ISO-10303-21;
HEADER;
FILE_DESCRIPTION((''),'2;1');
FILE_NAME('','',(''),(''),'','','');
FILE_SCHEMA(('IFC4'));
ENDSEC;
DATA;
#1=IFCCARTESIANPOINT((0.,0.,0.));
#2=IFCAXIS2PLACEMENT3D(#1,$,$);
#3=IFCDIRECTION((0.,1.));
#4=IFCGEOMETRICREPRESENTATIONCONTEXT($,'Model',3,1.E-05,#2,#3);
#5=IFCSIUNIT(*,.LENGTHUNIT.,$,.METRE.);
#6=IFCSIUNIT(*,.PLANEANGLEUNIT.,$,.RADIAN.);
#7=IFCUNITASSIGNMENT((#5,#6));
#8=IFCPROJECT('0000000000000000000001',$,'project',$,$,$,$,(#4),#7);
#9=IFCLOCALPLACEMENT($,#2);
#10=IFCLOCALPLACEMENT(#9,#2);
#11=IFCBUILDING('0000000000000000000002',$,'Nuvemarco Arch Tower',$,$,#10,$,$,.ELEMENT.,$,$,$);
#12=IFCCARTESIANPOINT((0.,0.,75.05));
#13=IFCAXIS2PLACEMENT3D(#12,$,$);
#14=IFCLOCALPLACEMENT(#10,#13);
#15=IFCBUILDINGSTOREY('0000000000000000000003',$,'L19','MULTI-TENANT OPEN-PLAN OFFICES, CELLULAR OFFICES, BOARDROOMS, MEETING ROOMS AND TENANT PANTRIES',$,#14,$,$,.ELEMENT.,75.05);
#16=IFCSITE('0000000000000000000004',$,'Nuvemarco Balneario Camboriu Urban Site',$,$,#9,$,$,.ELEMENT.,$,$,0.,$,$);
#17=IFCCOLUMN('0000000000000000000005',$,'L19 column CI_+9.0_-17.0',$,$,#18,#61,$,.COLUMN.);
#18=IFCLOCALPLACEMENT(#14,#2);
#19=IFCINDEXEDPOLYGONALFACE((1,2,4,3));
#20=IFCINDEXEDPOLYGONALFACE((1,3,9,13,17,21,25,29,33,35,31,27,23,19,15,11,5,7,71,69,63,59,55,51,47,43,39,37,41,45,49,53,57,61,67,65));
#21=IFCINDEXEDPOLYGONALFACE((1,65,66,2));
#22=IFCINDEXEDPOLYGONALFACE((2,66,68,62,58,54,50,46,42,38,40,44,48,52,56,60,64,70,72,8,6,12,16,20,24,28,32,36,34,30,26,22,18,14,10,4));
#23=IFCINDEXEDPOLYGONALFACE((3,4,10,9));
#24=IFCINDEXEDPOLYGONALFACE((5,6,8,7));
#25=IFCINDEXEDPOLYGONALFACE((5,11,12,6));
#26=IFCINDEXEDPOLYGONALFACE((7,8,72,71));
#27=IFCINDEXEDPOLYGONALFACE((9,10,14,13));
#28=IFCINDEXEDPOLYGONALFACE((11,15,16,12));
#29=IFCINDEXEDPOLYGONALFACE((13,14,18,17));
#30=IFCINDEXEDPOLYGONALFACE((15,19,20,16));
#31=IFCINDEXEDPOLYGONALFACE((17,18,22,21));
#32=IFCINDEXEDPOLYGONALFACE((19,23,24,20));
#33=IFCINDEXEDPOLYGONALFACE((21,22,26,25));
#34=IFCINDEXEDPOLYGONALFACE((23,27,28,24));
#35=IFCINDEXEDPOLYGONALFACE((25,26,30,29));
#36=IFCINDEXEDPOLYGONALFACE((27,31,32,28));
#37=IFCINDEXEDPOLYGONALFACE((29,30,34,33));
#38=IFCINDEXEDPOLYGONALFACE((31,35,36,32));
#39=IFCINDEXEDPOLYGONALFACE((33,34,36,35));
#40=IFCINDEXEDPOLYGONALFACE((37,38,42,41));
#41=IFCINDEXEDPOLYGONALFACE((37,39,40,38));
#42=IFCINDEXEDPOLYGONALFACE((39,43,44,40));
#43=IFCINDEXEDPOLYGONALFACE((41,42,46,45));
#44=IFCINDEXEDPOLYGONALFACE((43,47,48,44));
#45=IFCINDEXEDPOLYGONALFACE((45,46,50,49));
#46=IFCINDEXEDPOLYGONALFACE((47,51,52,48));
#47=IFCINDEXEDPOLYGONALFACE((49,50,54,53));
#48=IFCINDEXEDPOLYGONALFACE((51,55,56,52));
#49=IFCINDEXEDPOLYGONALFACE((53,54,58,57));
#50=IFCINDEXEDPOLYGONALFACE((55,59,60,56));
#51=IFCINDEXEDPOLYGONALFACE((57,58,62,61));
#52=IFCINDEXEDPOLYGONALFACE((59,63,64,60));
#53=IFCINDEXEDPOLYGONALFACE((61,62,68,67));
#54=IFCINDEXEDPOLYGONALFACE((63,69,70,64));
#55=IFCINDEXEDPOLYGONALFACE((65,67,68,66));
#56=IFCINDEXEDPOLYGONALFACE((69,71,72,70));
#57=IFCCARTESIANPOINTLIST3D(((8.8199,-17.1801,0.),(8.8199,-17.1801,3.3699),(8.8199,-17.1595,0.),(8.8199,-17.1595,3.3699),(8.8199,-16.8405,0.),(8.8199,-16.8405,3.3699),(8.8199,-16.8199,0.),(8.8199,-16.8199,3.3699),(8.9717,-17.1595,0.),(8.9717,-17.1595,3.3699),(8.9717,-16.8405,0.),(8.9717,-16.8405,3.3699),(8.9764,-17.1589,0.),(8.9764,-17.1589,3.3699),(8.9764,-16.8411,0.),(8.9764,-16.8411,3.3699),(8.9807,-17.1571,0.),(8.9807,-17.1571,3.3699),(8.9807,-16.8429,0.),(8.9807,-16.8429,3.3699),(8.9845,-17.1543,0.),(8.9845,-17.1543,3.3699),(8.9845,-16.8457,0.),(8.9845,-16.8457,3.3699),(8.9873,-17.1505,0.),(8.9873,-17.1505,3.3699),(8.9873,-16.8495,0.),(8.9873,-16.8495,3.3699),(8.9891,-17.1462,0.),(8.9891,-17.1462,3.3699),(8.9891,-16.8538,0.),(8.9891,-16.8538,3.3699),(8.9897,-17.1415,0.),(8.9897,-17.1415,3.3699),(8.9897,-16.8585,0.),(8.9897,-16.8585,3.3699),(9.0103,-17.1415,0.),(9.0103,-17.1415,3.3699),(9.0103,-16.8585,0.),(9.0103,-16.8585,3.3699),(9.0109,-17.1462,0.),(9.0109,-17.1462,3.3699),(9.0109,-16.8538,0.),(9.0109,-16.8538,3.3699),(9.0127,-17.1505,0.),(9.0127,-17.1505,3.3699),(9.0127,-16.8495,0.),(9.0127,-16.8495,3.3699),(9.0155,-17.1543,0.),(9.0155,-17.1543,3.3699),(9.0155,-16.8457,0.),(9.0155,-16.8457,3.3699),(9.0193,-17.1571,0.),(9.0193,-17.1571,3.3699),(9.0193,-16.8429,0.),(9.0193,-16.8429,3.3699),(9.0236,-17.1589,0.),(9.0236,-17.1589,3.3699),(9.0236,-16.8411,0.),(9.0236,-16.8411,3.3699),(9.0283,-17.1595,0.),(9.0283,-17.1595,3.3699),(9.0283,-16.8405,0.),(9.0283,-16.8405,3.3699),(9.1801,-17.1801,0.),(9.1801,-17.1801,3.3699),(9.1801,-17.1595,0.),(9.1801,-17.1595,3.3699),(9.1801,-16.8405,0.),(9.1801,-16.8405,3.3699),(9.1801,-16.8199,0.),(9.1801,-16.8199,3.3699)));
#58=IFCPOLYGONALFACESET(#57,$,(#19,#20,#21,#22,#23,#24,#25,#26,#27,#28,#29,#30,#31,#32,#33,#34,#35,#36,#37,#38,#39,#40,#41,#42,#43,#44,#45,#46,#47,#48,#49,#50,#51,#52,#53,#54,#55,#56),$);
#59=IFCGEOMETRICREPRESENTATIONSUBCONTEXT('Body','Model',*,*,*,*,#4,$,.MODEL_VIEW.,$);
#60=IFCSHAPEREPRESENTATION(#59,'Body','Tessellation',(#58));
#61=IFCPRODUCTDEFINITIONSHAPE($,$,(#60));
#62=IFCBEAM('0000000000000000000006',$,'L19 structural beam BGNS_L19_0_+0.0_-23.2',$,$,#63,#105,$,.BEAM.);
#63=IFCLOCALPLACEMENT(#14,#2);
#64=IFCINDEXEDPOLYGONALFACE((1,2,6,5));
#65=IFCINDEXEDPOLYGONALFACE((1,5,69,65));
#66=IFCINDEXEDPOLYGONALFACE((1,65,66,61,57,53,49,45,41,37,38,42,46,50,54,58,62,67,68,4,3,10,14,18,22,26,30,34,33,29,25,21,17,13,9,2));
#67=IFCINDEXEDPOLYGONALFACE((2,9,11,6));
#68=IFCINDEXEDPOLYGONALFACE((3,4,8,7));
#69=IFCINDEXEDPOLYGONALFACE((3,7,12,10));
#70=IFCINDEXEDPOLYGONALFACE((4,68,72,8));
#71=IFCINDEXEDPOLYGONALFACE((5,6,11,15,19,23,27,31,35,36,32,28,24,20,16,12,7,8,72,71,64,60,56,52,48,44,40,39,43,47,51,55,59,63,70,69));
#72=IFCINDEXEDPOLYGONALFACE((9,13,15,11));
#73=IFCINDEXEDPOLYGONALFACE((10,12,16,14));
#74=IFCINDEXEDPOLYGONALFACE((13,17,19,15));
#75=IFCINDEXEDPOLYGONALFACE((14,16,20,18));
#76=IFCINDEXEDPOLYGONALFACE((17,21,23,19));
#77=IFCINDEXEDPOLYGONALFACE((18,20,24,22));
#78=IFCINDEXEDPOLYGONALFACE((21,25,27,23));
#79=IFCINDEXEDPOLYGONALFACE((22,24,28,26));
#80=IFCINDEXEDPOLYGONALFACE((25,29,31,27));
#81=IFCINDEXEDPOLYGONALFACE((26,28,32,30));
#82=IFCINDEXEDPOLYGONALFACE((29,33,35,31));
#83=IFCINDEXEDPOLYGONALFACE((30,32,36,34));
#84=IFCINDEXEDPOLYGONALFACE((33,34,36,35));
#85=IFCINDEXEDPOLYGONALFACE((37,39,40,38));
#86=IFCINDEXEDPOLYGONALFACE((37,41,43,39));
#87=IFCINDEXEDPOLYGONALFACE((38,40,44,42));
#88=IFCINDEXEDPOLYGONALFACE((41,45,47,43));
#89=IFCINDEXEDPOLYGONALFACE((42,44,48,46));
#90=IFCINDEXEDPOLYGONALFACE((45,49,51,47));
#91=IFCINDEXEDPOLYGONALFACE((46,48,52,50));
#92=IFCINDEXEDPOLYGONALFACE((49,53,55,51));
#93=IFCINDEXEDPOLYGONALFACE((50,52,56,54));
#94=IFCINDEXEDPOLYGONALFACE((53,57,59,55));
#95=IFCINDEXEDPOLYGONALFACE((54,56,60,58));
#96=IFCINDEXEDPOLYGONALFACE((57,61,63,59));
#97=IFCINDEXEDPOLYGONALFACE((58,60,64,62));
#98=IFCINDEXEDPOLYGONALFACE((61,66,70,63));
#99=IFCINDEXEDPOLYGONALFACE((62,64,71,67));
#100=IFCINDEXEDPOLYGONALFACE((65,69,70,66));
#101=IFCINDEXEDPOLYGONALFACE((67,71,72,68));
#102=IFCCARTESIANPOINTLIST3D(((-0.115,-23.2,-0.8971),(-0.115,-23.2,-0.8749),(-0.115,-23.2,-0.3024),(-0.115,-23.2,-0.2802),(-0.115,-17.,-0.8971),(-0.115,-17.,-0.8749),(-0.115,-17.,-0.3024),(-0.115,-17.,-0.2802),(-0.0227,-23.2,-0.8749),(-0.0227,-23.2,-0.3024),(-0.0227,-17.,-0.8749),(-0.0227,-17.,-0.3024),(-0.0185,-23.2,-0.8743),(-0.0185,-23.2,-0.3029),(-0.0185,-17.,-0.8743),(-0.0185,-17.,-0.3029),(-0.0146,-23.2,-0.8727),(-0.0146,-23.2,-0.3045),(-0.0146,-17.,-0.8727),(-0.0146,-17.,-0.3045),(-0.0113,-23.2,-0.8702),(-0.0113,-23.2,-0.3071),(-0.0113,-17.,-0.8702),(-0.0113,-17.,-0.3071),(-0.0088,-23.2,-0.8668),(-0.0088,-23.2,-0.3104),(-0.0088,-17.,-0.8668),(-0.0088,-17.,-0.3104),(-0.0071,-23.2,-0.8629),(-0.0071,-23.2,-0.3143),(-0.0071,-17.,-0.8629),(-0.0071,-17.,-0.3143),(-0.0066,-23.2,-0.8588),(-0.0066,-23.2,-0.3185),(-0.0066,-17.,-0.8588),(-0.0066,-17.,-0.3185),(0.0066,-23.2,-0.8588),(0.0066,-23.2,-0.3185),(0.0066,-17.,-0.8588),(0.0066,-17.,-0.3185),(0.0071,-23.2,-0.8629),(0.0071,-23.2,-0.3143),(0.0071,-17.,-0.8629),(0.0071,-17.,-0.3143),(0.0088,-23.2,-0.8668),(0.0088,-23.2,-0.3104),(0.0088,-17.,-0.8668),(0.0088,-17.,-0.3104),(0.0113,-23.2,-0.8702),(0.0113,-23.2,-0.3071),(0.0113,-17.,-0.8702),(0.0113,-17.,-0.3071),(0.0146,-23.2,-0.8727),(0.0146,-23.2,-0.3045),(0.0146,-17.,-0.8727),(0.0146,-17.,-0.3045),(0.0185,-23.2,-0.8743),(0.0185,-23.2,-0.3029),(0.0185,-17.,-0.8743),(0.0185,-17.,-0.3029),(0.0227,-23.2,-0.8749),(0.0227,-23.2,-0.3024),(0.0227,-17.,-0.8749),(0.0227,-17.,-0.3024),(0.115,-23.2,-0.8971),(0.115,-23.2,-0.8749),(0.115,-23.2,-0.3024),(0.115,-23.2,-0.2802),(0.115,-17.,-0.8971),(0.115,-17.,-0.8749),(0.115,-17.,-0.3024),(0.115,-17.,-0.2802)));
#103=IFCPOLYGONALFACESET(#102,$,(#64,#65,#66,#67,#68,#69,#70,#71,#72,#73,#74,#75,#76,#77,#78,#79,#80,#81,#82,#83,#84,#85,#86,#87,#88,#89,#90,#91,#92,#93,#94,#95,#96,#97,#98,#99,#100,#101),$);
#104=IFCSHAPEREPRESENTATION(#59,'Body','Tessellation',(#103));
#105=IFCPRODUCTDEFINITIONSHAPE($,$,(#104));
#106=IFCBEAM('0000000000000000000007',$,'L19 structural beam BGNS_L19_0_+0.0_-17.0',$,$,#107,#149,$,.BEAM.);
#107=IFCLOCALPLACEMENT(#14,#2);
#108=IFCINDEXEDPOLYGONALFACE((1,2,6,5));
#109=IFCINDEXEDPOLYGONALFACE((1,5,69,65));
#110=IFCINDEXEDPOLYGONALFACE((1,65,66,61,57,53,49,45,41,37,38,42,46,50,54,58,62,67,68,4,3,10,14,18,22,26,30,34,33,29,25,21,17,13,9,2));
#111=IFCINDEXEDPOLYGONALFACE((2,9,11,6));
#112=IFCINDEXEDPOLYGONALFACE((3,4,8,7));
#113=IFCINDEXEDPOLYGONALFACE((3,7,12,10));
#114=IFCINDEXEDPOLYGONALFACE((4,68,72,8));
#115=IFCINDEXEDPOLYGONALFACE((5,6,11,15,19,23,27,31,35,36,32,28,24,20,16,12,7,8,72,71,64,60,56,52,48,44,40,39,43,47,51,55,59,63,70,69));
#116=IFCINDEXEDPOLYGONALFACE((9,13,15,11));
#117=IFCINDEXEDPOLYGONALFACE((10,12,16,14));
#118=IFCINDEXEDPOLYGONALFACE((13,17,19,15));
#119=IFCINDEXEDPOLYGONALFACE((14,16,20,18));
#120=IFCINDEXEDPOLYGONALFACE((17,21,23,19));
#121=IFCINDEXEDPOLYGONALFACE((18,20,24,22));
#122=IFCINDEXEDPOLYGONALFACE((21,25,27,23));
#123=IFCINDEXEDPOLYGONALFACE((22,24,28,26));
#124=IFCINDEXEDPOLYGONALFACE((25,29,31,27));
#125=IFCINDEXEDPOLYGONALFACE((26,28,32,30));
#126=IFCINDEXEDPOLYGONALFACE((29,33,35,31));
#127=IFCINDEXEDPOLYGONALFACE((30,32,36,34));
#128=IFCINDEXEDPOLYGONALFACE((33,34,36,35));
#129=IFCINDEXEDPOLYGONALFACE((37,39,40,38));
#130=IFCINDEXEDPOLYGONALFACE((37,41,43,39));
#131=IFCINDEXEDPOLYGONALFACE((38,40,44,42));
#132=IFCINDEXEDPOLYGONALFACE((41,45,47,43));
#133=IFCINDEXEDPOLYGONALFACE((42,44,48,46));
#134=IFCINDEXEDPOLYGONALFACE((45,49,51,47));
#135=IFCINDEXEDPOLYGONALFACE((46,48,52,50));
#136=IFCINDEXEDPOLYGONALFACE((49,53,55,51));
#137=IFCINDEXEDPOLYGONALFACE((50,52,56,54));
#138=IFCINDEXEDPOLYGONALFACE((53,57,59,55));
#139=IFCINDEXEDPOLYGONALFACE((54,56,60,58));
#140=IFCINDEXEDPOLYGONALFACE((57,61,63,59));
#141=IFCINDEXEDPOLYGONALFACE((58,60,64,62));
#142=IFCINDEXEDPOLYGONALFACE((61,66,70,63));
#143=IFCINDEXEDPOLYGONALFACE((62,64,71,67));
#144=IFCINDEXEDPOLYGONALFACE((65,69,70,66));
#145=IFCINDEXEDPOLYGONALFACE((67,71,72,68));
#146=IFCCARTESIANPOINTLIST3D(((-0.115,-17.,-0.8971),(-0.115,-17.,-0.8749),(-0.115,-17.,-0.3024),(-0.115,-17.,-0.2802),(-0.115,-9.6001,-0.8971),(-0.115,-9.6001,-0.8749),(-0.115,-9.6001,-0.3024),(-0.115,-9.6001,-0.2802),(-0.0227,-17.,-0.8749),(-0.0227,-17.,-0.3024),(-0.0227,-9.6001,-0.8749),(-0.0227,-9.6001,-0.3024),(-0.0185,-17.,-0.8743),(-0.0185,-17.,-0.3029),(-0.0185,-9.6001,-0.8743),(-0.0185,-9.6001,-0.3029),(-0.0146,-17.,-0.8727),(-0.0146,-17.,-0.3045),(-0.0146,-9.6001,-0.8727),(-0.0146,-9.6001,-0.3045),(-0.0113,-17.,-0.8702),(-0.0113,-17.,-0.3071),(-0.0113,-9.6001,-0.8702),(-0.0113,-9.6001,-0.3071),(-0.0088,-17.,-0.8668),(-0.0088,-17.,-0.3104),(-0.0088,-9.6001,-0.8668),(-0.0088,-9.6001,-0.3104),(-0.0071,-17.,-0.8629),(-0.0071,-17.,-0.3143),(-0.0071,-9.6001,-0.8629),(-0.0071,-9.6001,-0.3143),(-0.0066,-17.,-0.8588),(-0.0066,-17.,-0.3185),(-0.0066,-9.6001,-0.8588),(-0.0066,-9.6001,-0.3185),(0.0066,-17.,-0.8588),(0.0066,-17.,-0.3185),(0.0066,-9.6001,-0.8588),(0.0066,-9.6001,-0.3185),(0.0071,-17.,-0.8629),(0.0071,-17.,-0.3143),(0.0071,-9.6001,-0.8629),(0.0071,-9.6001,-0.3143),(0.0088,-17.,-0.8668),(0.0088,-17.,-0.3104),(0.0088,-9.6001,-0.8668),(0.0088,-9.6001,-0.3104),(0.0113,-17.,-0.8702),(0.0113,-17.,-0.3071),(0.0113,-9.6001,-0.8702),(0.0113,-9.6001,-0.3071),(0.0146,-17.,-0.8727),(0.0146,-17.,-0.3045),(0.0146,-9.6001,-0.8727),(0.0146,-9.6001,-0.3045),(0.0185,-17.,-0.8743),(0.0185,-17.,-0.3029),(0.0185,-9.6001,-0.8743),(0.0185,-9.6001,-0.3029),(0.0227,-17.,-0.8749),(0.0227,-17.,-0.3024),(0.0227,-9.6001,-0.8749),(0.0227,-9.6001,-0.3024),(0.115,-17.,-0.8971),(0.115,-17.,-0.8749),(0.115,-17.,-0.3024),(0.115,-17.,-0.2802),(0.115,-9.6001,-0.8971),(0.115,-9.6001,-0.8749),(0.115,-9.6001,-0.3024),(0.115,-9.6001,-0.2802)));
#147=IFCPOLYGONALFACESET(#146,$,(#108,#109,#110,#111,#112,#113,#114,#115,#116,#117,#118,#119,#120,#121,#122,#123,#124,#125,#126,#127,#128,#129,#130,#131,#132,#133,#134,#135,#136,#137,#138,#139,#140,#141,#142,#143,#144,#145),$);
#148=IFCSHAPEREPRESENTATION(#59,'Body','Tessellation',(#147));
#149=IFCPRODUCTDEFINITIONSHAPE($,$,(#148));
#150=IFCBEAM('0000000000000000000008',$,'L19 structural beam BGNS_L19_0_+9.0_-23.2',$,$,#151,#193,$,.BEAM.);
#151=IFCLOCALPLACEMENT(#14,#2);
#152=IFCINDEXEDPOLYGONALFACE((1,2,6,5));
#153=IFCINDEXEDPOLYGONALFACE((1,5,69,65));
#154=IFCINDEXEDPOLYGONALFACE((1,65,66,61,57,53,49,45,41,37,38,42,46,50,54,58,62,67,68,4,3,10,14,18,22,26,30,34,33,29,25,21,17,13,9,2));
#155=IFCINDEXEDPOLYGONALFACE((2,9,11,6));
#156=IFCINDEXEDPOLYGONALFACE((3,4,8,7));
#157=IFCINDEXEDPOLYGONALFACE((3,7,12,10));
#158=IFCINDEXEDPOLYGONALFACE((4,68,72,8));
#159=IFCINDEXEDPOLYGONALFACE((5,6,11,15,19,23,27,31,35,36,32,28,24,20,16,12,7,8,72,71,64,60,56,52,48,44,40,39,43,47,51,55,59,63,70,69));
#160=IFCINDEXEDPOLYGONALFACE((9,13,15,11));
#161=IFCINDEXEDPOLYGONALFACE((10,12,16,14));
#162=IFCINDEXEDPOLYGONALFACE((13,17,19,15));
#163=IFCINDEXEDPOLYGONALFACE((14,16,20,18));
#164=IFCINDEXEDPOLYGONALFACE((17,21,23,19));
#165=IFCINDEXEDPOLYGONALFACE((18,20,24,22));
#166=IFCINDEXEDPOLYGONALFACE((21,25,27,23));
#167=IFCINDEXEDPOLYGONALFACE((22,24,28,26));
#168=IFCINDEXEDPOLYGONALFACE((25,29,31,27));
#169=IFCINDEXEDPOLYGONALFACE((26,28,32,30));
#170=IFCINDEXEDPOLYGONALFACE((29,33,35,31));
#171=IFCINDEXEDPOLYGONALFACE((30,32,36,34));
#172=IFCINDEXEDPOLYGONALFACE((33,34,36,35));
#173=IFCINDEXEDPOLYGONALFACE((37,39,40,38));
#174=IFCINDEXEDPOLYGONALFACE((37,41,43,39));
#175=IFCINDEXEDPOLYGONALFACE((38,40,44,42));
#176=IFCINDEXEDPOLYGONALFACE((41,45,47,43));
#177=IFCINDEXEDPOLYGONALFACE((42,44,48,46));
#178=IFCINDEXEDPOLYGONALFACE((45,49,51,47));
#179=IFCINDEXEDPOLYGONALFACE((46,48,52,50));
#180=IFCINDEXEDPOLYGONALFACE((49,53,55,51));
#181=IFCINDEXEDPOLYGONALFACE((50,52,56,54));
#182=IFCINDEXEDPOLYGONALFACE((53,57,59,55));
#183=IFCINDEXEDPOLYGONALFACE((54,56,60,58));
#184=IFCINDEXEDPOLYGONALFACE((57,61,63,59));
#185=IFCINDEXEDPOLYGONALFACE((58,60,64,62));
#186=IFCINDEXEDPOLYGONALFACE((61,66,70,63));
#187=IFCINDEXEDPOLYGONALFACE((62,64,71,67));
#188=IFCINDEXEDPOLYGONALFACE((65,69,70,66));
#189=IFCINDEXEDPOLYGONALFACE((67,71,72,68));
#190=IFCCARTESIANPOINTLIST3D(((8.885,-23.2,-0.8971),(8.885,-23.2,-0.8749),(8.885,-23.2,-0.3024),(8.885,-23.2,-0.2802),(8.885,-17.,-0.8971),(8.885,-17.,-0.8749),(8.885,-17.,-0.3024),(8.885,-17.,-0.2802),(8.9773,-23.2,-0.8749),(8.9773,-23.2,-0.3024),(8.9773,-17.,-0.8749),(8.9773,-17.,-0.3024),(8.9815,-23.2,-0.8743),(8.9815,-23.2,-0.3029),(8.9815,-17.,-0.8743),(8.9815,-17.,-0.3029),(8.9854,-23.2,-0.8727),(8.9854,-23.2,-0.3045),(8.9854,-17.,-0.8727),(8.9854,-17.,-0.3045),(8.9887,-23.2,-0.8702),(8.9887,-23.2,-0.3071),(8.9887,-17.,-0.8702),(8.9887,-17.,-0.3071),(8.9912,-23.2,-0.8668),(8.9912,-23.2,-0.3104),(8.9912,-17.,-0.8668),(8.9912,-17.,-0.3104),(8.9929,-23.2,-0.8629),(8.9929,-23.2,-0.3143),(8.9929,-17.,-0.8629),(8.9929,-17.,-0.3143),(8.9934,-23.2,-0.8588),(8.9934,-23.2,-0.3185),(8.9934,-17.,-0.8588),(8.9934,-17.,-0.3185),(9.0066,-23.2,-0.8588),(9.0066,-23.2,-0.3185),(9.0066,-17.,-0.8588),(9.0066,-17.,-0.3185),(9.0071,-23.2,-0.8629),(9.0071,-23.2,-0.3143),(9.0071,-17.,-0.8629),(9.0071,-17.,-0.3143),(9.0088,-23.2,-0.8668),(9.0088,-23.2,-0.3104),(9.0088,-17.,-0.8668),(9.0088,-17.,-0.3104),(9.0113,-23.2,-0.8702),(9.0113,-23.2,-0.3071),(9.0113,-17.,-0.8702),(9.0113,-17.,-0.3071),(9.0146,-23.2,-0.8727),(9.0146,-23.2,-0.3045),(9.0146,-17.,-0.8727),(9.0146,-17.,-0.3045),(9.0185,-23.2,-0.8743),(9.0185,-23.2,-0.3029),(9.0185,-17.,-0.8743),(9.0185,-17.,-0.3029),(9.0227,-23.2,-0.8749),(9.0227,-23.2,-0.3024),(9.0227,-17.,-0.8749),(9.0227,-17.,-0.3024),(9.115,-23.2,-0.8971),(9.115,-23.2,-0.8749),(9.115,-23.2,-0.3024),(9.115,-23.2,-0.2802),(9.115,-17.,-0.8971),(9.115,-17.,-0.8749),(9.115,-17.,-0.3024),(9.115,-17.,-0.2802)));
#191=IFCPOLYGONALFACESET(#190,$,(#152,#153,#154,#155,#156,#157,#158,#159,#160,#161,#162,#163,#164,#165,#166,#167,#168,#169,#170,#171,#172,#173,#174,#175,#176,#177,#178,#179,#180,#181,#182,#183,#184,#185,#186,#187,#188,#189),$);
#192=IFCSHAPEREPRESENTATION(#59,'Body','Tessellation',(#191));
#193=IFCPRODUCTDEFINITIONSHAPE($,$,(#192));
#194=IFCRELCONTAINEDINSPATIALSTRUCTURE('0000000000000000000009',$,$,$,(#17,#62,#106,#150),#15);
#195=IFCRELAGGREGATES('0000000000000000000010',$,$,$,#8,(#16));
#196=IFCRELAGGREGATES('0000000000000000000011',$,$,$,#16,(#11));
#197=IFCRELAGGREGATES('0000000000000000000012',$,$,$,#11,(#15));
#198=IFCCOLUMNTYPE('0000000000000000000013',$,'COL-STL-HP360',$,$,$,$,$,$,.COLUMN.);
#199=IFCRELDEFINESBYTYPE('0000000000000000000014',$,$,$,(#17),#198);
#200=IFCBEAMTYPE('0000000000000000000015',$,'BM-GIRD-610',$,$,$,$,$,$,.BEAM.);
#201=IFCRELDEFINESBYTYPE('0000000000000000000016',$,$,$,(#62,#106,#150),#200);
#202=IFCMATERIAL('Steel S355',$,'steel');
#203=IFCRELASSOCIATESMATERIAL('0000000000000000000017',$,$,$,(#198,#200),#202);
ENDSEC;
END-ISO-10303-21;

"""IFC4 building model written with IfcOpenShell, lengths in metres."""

from ifc_helpers import new_model, si_unit, direction, frame, origin, origin_2d, place, context, subcontext, project, spatial, i_section, extrude, material, material_profile, profile_set, type_object, element, save


model = new_model("IFC4")

# Units and contexts
model_context = context("Model", 3, precision=1e-05, world=origin(), true_north=direction((0.0, 1.0)))
body_context = subcontext(model_context, "Body", "Model", "MODEL_VIEW")
ifc_project = project(units=[si_unit("LENGTHUNIT", "METRE"), si_unit("PLANEANGLEUNIT", "RADIAN")], contexts=[model_context])

# Site, building, storey
site_placement = place(None, origin())
site = spatial("IfcSite", under=ifc_project, at=site_placement, Name="Nuvemarco Balneario Camboriu Urban Site", CompositionType="ELEMENT", RefElevation=0.0)
building_placement = place(site_placement, origin())
building = spatial("IfcBuilding", under=site, at=building_placement, Name="Nuvemarco Arch Tower", CompositionType="ELEMENT")
storey_placement = place(building_placement, frame((0.0, 0.0, 75.05)))
storey = spatial("IfcBuildingStorey", under=building, at=storey_placement, Name="L19", Description="MULTI-TENANT OPEN-PLAN OFFICES, CELLULAR OFFICES, BOARDROOMS, MEETING ROOMS AND TENANT PANTRIES", CompositionType="ELEMENT", Elevation=75.05)

# Column
ifc_material_1 = material(Name="Steel S355", Category="steel")
ifc_material_profile_1 = material_profile(ifc_material_1, i_section(OverallWidth=0.3601, OverallDepth=0.3601, WebThickness=0.0205, FlangeThickness=0.0205, FilletRadius=0.0181, at=origin_2d()), Name="HP360x174")
ifc_profile_set_1 = profile_set([ifc_material_profile_1], Name="Steel S355")
column_type_1 = type_object("IfcColumnType", Name="COL-STL-HP360", PredefinedType="COLUMN", material=ifc_profile_set_1)
for number, where, z_axis, x_axis, name in (
    (1, (9.0, -17.0, 0.0), (0.0, 0.0, 1.0), (1.0, 0.0, 0.0), "L19 column CI_+9.0_-17.0"),
):
    element("IfcColumn", number, at=place(storey_placement, frame(where, z_axis=z_axis, x_axis=x_axis)), inside=storey, type_object=column_type_1, Name=name, PredefinedType="COLUMN", context=body_context, shape_type="SweptSolid", body=[
        extrude(i_section(OverallWidth=0.3601, OverallDepth=0.3601, WebThickness=0.0205, FlangeThickness=0.0205, FilletRadius=0.0181, at=origin_2d()), origin(), (0.0, 0.0, 1.0), 3.3699),
    ])

# Beams
ifc_material_profile_2 = material_profile(ifc_material_1, i_section(OverallWidth=0.23, OverallDepth=0.6169, WebThickness=0.0132, FlangeThickness=0.0222, FilletRadius=0.0161, at=origin_2d()), Name="W610x140")
ifc_profile_set_2 = profile_set([ifc_material_profile_2], Name="Steel S355")
beam_type_1 = type_object("IfcBeamType", Name="BM-GIRD-610", PredefinedType="BEAM", material=ifc_profile_set_2)
beam_1_placement = place(storey_placement, frame((0.0, -23.2, -0.5886), z_axis=(0.0, 1.0, 0.0), x_axis=(-1.0, 0.0, 0.0)))
element("IfcBeam", 2, at=beam_1_placement, inside=storey, type_object=beam_type_1, Name="L19 structural beam BGNS_L19_0_+0.0_-23.2", PredefinedType="BEAM", context=body_context, shape_type="SweptSolid", body=[
    extrude(i_section(OverallWidth=0.23, OverallDepth=0.6169, WebThickness=0.0132, FlangeThickness=0.0222, FilletRadius=0.0161, at=origin_2d()), origin(), (0.0, 0.0, 1.0), 6.2),
])
beam_2_placement = place(storey_placement, frame((0.0, -17.0, -0.5886), z_axis=(0.0, 1.0, 0.0), x_axis=(-1.0, 0.0, 0.0)))
element("IfcBeam", 3, at=beam_2_placement, inside=storey, type_object=beam_type_1, Name="L19 structural beam BGNS_L19_0_+0.0_-17.0", PredefinedType="BEAM", context=body_context, shape_type="SweptSolid", body=[
    extrude(i_section(OverallWidth=0.23, OverallDepth=0.6169, WebThickness=0.0132, FlangeThickness=0.0222, FilletRadius=0.0161, at=origin_2d()), origin(), (0.0, 0.0, 1.0), 7.3999),
])
beam_3_placement = place(storey_placement, frame((9.0, -23.2, -0.5886), z_axis=(0.0, 1.0, 0.0), x_axis=(-1.0, 0.0, 0.0)))
element("IfcBeam", 4, at=beam_3_placement, inside=storey, type_object=beam_type_1, Name="L19 structural beam BGNS_L19_0_+9.0_-23.2", PredefinedType="BEAM", context=body_context, shape_type="SweptSolid", body=[
    extrude(i_section(OverallWidth=0.23, OverallDepth=0.6169, WebThickness=0.0132, FlangeThickness=0.0222, FilletRadius=0.0161, at=origin_2d()), origin(), (0.0, 0.0, 1.0), 6.2),
])

save(model, "model.ifc")
